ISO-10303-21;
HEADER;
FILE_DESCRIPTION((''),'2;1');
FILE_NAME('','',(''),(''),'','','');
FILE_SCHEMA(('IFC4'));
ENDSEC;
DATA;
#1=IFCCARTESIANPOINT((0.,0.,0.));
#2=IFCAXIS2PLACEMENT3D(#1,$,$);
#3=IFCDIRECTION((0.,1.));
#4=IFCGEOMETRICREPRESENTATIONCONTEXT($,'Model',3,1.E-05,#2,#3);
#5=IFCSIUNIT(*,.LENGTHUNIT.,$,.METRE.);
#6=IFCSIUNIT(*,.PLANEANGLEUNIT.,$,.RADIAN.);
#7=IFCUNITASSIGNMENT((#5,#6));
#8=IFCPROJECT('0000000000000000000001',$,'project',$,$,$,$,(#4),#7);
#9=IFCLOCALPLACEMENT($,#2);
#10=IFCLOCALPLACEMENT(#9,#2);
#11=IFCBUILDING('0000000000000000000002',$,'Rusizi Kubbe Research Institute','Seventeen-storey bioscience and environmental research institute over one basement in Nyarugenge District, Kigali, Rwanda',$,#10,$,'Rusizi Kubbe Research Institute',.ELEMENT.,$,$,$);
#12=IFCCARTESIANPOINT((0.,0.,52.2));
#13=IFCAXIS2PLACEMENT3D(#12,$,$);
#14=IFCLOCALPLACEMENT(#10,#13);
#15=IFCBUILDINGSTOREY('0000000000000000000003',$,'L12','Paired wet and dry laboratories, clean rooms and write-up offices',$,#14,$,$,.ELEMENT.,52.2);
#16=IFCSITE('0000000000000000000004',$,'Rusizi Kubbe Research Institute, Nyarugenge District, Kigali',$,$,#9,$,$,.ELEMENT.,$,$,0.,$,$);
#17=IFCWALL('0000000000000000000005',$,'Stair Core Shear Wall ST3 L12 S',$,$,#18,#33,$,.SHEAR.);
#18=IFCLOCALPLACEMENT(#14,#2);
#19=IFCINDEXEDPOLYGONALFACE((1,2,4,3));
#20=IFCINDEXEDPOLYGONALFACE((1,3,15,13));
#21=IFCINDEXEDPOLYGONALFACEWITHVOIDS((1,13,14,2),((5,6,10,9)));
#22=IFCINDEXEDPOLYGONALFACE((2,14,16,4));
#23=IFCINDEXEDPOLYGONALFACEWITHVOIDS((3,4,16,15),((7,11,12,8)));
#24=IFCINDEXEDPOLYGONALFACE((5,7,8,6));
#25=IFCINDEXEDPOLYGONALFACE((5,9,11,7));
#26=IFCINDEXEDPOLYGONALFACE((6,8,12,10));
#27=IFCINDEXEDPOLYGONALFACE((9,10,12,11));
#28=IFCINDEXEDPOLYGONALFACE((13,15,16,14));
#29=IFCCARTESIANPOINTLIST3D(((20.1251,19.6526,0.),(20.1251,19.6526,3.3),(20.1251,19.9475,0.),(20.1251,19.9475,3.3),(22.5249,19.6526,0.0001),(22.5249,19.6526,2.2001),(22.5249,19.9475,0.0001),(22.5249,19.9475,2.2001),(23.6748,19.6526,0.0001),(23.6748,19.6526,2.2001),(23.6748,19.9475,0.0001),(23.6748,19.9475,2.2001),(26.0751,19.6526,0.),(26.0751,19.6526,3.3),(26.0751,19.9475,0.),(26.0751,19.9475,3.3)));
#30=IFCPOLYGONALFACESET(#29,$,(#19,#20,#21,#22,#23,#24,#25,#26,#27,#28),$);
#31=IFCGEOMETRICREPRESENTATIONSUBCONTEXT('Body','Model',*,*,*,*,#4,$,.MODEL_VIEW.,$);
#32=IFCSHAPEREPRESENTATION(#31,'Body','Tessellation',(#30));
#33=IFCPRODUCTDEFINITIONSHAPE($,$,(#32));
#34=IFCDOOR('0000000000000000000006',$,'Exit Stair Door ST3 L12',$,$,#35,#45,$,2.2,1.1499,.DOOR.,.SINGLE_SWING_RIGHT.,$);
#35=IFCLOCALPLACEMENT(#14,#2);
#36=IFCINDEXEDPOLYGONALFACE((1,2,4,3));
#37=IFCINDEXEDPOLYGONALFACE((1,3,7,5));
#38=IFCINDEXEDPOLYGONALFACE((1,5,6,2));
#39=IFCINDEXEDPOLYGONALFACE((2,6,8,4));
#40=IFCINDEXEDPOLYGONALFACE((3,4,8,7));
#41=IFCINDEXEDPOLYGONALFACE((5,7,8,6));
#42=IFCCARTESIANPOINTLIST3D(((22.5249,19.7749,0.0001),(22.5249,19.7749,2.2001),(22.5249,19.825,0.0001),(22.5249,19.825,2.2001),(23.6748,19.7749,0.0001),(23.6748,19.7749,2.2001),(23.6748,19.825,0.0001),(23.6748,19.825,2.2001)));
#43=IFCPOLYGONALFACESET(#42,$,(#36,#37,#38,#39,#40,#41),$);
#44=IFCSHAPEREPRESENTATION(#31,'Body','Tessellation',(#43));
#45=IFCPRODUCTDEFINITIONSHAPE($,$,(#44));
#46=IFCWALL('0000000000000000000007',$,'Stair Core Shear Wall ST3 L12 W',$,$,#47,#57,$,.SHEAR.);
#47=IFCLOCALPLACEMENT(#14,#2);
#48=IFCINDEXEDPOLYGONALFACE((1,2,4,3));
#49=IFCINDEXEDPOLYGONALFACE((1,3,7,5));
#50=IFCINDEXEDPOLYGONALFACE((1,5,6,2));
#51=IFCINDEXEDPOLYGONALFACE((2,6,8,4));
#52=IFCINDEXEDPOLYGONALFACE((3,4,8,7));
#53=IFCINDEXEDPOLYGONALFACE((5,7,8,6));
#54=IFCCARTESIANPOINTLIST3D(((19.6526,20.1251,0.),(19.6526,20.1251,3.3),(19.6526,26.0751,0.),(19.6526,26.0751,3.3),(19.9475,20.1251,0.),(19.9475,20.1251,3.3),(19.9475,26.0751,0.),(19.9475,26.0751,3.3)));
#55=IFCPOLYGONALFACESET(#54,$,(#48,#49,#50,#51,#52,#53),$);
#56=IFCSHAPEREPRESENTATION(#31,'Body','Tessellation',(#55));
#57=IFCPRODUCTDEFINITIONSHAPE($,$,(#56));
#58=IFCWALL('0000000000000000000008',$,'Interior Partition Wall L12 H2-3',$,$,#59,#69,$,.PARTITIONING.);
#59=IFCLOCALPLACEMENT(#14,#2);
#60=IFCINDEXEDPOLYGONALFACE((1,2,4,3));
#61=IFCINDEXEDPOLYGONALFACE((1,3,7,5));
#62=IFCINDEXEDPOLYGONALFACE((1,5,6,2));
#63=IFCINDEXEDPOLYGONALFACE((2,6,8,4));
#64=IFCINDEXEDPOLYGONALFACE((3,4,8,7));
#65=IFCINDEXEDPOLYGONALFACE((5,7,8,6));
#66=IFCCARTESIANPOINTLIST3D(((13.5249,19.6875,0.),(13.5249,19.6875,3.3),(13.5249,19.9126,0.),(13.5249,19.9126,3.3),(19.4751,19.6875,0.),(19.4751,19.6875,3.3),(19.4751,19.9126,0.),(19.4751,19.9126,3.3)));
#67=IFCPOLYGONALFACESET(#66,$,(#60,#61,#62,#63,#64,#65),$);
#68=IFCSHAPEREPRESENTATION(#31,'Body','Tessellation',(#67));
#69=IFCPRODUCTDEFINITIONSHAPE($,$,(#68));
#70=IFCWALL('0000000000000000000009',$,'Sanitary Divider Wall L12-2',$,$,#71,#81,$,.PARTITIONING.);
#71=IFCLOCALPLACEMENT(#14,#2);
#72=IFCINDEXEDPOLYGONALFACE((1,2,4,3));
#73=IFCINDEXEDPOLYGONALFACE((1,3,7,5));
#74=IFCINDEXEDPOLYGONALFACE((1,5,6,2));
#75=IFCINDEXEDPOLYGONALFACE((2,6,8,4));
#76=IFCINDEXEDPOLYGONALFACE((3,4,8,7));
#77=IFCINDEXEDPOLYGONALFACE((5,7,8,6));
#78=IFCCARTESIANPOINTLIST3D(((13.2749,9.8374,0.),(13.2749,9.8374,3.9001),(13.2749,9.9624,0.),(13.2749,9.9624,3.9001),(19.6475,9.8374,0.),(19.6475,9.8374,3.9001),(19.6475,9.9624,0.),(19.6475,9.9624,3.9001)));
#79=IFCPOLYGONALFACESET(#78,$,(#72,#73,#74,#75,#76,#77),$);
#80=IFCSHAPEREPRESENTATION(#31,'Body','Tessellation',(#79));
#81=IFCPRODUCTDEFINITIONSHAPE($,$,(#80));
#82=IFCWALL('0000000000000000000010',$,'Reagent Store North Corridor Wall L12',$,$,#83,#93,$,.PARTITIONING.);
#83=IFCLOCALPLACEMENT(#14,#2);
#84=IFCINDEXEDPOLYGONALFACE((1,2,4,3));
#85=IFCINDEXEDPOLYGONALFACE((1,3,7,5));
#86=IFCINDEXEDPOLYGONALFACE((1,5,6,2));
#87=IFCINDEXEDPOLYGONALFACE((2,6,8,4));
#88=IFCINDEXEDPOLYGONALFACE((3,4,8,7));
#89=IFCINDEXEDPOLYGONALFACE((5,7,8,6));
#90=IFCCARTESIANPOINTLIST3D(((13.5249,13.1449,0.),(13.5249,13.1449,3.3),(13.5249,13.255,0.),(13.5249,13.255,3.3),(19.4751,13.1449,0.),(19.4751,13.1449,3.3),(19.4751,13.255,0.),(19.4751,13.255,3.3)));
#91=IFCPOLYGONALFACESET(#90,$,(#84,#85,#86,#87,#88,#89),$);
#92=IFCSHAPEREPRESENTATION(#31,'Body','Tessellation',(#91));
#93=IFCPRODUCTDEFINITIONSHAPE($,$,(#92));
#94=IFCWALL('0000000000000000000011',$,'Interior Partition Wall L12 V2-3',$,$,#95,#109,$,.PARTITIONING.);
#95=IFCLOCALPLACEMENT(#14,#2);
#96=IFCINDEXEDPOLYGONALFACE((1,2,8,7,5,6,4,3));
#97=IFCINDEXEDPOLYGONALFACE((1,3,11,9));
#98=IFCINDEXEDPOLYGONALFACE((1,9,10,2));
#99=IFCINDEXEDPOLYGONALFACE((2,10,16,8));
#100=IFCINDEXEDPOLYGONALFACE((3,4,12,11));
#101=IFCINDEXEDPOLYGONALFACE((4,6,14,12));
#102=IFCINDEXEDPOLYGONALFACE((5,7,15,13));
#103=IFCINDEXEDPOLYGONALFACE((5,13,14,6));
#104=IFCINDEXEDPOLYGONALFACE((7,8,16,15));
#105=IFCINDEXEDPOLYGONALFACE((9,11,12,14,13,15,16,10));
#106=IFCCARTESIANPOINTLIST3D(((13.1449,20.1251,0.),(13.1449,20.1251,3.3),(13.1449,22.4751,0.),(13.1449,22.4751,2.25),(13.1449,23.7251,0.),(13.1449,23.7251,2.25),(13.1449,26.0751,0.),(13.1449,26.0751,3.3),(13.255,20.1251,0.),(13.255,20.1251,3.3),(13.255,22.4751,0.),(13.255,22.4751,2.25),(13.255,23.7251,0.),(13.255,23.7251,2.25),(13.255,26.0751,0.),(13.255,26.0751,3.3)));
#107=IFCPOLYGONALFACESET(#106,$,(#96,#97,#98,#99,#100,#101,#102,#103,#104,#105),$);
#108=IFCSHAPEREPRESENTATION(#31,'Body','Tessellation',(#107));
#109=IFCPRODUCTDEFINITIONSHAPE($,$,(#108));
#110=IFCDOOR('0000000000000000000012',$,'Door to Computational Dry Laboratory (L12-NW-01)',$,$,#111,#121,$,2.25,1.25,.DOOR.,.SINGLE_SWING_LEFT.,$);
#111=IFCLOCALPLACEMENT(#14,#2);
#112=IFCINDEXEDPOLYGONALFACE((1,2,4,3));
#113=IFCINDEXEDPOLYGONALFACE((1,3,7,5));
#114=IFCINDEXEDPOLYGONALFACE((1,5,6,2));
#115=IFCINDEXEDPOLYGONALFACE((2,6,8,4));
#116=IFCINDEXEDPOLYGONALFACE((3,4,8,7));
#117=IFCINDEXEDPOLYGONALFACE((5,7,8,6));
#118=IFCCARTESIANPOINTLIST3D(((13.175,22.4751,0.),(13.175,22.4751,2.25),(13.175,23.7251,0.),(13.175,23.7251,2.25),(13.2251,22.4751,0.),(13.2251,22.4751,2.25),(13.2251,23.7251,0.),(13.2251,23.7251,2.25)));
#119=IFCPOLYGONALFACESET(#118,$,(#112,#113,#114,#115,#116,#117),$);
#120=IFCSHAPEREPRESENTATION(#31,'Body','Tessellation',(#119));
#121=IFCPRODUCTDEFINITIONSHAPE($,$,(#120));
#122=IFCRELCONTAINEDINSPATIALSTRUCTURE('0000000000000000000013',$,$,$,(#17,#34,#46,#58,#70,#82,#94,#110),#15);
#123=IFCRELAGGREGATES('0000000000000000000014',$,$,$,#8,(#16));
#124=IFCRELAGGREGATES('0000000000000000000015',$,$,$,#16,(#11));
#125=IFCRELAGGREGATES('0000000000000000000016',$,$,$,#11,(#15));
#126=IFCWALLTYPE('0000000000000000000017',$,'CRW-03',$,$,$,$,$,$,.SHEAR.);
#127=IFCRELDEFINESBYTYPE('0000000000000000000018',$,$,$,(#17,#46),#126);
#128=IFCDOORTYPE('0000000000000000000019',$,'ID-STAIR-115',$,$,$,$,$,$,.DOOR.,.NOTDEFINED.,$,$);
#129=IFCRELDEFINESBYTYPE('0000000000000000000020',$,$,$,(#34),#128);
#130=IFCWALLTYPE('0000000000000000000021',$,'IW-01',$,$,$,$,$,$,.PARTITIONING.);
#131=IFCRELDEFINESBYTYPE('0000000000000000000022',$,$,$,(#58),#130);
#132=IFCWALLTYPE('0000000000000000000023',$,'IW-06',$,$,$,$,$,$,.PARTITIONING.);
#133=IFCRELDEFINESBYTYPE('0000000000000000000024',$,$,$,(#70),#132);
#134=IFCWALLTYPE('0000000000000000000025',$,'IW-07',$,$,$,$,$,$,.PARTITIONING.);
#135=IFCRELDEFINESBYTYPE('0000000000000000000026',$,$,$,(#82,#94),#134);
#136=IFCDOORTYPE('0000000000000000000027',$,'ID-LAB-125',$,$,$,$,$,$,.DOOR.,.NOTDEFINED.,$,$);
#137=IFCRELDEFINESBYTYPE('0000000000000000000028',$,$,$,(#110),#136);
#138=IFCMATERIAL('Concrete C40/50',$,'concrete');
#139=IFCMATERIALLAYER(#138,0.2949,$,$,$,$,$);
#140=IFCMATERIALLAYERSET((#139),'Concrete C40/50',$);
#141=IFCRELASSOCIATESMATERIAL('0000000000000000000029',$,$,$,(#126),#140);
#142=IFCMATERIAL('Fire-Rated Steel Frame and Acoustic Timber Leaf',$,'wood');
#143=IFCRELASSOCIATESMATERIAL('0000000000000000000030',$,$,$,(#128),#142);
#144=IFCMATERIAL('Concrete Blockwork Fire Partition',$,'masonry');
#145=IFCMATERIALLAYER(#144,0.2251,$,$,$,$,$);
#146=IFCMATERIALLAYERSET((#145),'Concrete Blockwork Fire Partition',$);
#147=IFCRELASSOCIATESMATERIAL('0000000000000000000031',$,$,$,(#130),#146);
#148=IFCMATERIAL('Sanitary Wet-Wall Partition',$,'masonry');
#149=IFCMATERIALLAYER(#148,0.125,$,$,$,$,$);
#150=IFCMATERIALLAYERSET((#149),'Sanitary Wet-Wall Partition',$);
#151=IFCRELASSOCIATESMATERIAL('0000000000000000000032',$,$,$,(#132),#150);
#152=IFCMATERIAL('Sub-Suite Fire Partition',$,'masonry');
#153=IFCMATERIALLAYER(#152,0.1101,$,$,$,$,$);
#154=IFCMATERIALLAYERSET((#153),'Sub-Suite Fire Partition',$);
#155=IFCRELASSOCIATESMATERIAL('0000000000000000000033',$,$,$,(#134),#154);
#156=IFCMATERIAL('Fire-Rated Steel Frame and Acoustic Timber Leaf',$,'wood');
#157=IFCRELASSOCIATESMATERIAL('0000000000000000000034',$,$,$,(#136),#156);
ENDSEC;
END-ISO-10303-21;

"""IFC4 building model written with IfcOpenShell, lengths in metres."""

from ifc_helpers import new_model, si_unit, direction, frame, frame_2d, origin, place, context, subcontext, project, spatial, rectangle, extrude, material, layer, layer_set, type_object, element, fill, save


model = new_model("IFC4")

# Units and contexts
model_context = context("Model", 3, precision=1e-05, world=origin(), true_north=direction((0.0, 1.0)))
body_context = subcontext(model_context, "Body", "Model", "MODEL_VIEW")
ifc_project = project(units=[si_unit("LENGTHUNIT", "METRE"), si_unit("PLANEANGLEUNIT", "RADIAN")], contexts=[model_context])

# Site, building, storey
site_placement = place(None, origin())
site = spatial("IfcSite", under=ifc_project, at=site_placement, Name="Rusizi Kubbe Research Institute, Nyarugenge District, Kigali", CompositionType="ELEMENT", RefElevation=0.0)
building_placement = place(site_placement, origin())
building = spatial("IfcBuilding", under=site, at=building_placement, Name="Rusizi Kubbe Research Institute", Description="Seventeen-storey bioscience and environmental research institute over one basement in Nyarugenge District, Kigali, Rwanda", LongName="Rusizi Kubbe Research Institute", CompositionType="ELEMENT")
storey_placement = place(building_placement, frame((0.0, 0.0, 52.2)))
storey = spatial("IfcBuildingStorey", under=building, at=storey_placement, Name="L12", Description="Paired wet and dry laboratories, clean rooms and write-up offices", CompositionType="ELEMENT", Elevation=52.2)

# Wall, opening, door
ifc_material_1 = material(Name="Concrete C40/50", Category="concrete")
ifc_layer_1 = layer(ifc_material_1, 0.2949)
ifc_layer_set_1 = layer_set([ifc_layer_1], Name="Concrete C40/50")
wall_type_1 = type_object("IfcWallType", Name="CRW-03", PredefinedType="SHEAR", material=ifc_layer_set_1)
wall_1_placement = place(storey_placement, frame((20.125, 19.8, 0.0), z_axis=(0.0, 0.0, 1.0), x_axis=(1.0, 0.0, 0.0)))
wall_1 = element("IfcWall", 1, at=wall_1_placement, inside=storey, type_object=wall_type_1, Name="Stair Core Shear Wall ST3 L12 S", PredefinedType="SHEAR", context=body_context, shape_type="SweptSolid", body=[
    extrude(rectangle(XDim=5.95, YDim=0.2949, at=frame_2d((2.9751, 0.0))), origin(), (0.0, 0.0, 1.0), 3.3),
])
opening_1_placement = place(wall_1_placement, frame((2.3999, 0.0, 0.0)))
opening_1 = element("IfcOpeningElement", 2, at=opening_1_placement, cuts=wall_1, PredefinedType="OPENING", context=body_context, shape_type="SweptSolid", body=[
    extrude(rectangle(XDim=1.1499, YDim=2.2, at=frame_2d((0.575, 1.1001))), frame((0.0, 0.1575, 0.0), z_axis=(0.0, -1.0, 0.0), x_axis=(1.0, 0.0, 0.0)), (0.0, 0.0, 1.0), 0.3149),
])
ifc_material_2 = material(Name="Fire-Rated Steel Frame and Acoustic Timber Leaf", Category="wood")
door_type_1 = type_object("IfcDoorType", Name="ID-STAIR-115", OperationType="NOTDEFINED", PredefinedType="DOOR", material=ifc_material_2)
door_1_placement = place(opening_1_placement, origin())
door_1 = element("IfcDoor", 3, at=door_1_placement, inside=storey, type_object=door_type_1, Name="Exit Stair Door ST3 L12", OperationType="SINGLE_SWING_RIGHT", OverallHeight=2.2, OverallWidth=1.1499, PredefinedType="DOOR", context=body_context, shape_type="SweptSolid", body=[
    extrude(rectangle(XDim=1.1499, YDim=2.2, at=frame_2d((0.575, 1.1001))), frame((0.0, 0.0249, 0.0), z_axis=(0.0, -1.0, 0.0), x_axis=(1.0, 0.0, 0.0)), (0.0, 0.0, 1.0), 0.05),
])
fill(opening_1, door_1)

# Wall
wall_2_placement = place(storey_placement, frame((19.8, 20.125, 0.0), z_axis=(0.0, 0.0, 1.0), x_axis=(0.0, 1.0, 0.0)))
element("IfcWall", 4, at=wall_2_placement, inside=storey, type_object=wall_type_1, Name="Stair Core Shear Wall ST3 L12 W", PredefinedType="SHEAR", context=body_context, shape_type="SweptSolid", body=[
    extrude(rectangle(XDim=5.95, YDim=0.2949, at=frame_2d((2.9751, 0.0))), origin(), (0.0, 0.0, 1.0), 3.3),
])

# Walls
ifc_material_3 = material(Name="Concrete Blockwork Fire Partition", Category="masonry")
ifc_layer_2 = layer(ifc_material_3, 0.2251)
ifc_layer_set_2 = layer_set([ifc_layer_2], Name="Concrete Blockwork Fire Partition")
wall_type_2 = type_object("IfcWallType", Name="IW-01", PredefinedType="PARTITIONING", material=ifc_layer_set_2)
wall_3_placement = place(storey_placement, frame((13.5249, 19.8, 0.0), z_axis=(0.0, 0.0, 1.0), x_axis=(1.0, 0.0, 0.0)))
element("IfcWall", 5, at=wall_3_placement, inside=storey, type_object=wall_type_2, Name="Interior Partition Wall L12 H2-3", PredefinedType="PARTITIONING", context=body_context, shape_type="SweptSolid", body=[
    extrude(rectangle(XDim=5.9502, YDim=0.2251, at=frame_2d((2.9751, 0.0))), origin(), (0.0, 0.0, 1.0), 3.3),
])
ifc_material_4 = material(Name="Sanitary Wet-Wall Partition", Category="masonry")
ifc_layer_3 = layer(ifc_material_4, 0.125)
ifc_layer_set_3 = layer_set([ifc_layer_3], Name="Sanitary Wet-Wall Partition")
wall_type_3 = type_object("IfcWallType", Name="IW-06", PredefinedType="PARTITIONING", material=ifc_layer_set_3)
wall_4_placement = place(storey_placement, frame((13.2749, 9.8999, 0.0), z_axis=(0.0, 0.0, 1.0), x_axis=(1.0, 0.0, 0.0)))
element("IfcWall", 6, at=wall_4_placement, inside=storey, type_object=wall_type_3, Name="Sanitary Divider Wall L12-2", PredefinedType="PARTITIONING", context=body_context, shape_type="SweptSolid", body=[
    extrude(rectangle(XDim=6.3726, YDim=0.125, at=frame_2d((3.1863, 0.0))), origin(), (0.0, 0.0, 1.0), 3.9001),
])
ifc_material_5 = material(Name="Sub-Suite Fire Partition", Category="masonry")
ifc_layer_4 = layer(ifc_material_5, 0.1101)
ifc_layer_set_4 = layer_set([ifc_layer_4], Name="Sub-Suite Fire Partition")
wall_type_4 = type_object("IfcWallType", Name="IW-07", PredefinedType="PARTITIONING", material=ifc_layer_set_4)
wall_5_placement = place(storey_placement, frame((13.5249, 13.2, 0.0), z_axis=(0.0, 0.0, 1.0), x_axis=(1.0, 0.0, 0.0)))
element("IfcWall", 7, at=wall_5_placement, inside=storey, type_object=wall_type_4, Name="Reagent Store North Corridor Wall L12", PredefinedType="PARTITIONING", context=body_context, shape_type="SweptSolid", body=[
    extrude(rectangle(XDim=5.9502, YDim=0.1101, at=frame_2d((2.9751, 0.0))), origin(), (0.0, 0.0, 1.0), 3.3),
])

# Wall, opening, door
wall_6_placement = place(storey_placement, frame((13.2, 20.125, 0.0), z_axis=(0.0, 0.0, 1.0), x_axis=(0.0, 1.0, 0.0)))
wall_6 = element("IfcWall", 8, at=wall_6_placement, inside=storey, type_object=wall_type_4, Name="Interior Partition Wall L12 V2-3", PredefinedType="PARTITIONING", context=body_context, shape_type="SweptSolid", body=[
    extrude(rectangle(XDim=5.95, YDim=0.1101, at=frame_2d((2.9751, 0.0))), origin(), (0.0, 0.0, 1.0), 3.3),
])
opening_2_placement = place(wall_6_placement, frame((2.3501, 0.0, 0.0)))
opening_2 = element("IfcOpeningElement", 9, at=opening_2_placement, cuts=wall_6, PredefinedType="OPENING", context=body_context, shape_type="SweptSolid", body=[
    extrude(rectangle(XDim=1.25, YDim=2.25, at=frame_2d((0.625, 1.125))), frame((0.0, 0.0649, 0.0), z_axis=(0.0, -1.0, 0.0), x_axis=(1.0, 0.0, 0.0)), (0.0, 0.0, 1.0), 0.1301),
])
ifc_material_6 = material(Name="Fire-Rated Steel Frame and Acoustic Timber Leaf", Category="wood")
door_type_2 = type_object("IfcDoorType", Name="ID-LAB-125", OperationType="NOTDEFINED", PredefinedType="DOOR", material=ifc_material_6)
door_2_placement = place(opening_2_placement, origin())
door_2 = element("IfcDoor", 10, at=door_2_placement, inside=storey, type_object=door_type_2, Name="Door to Computational Dry Laboratory (L12-NW-01)", OperationType="SINGLE_SWING_LEFT", OverallHeight=2.25, OverallWidth=1.25, PredefinedType="DOOR", context=body_context, shape_type="SweptSolid", body=[
    extrude(rectangle(XDim=1.25, YDim=2.25, at=frame_2d((0.625, 1.125))), frame((0.0, 0.0249, 0.0), z_axis=(0.0, -1.0, 0.0), x_axis=(1.0, 0.0, 0.0)), (0.0, 0.0, 1.0), 0.05),
])
fill(opening_2, door_2)

save(model, "model.ifc")
